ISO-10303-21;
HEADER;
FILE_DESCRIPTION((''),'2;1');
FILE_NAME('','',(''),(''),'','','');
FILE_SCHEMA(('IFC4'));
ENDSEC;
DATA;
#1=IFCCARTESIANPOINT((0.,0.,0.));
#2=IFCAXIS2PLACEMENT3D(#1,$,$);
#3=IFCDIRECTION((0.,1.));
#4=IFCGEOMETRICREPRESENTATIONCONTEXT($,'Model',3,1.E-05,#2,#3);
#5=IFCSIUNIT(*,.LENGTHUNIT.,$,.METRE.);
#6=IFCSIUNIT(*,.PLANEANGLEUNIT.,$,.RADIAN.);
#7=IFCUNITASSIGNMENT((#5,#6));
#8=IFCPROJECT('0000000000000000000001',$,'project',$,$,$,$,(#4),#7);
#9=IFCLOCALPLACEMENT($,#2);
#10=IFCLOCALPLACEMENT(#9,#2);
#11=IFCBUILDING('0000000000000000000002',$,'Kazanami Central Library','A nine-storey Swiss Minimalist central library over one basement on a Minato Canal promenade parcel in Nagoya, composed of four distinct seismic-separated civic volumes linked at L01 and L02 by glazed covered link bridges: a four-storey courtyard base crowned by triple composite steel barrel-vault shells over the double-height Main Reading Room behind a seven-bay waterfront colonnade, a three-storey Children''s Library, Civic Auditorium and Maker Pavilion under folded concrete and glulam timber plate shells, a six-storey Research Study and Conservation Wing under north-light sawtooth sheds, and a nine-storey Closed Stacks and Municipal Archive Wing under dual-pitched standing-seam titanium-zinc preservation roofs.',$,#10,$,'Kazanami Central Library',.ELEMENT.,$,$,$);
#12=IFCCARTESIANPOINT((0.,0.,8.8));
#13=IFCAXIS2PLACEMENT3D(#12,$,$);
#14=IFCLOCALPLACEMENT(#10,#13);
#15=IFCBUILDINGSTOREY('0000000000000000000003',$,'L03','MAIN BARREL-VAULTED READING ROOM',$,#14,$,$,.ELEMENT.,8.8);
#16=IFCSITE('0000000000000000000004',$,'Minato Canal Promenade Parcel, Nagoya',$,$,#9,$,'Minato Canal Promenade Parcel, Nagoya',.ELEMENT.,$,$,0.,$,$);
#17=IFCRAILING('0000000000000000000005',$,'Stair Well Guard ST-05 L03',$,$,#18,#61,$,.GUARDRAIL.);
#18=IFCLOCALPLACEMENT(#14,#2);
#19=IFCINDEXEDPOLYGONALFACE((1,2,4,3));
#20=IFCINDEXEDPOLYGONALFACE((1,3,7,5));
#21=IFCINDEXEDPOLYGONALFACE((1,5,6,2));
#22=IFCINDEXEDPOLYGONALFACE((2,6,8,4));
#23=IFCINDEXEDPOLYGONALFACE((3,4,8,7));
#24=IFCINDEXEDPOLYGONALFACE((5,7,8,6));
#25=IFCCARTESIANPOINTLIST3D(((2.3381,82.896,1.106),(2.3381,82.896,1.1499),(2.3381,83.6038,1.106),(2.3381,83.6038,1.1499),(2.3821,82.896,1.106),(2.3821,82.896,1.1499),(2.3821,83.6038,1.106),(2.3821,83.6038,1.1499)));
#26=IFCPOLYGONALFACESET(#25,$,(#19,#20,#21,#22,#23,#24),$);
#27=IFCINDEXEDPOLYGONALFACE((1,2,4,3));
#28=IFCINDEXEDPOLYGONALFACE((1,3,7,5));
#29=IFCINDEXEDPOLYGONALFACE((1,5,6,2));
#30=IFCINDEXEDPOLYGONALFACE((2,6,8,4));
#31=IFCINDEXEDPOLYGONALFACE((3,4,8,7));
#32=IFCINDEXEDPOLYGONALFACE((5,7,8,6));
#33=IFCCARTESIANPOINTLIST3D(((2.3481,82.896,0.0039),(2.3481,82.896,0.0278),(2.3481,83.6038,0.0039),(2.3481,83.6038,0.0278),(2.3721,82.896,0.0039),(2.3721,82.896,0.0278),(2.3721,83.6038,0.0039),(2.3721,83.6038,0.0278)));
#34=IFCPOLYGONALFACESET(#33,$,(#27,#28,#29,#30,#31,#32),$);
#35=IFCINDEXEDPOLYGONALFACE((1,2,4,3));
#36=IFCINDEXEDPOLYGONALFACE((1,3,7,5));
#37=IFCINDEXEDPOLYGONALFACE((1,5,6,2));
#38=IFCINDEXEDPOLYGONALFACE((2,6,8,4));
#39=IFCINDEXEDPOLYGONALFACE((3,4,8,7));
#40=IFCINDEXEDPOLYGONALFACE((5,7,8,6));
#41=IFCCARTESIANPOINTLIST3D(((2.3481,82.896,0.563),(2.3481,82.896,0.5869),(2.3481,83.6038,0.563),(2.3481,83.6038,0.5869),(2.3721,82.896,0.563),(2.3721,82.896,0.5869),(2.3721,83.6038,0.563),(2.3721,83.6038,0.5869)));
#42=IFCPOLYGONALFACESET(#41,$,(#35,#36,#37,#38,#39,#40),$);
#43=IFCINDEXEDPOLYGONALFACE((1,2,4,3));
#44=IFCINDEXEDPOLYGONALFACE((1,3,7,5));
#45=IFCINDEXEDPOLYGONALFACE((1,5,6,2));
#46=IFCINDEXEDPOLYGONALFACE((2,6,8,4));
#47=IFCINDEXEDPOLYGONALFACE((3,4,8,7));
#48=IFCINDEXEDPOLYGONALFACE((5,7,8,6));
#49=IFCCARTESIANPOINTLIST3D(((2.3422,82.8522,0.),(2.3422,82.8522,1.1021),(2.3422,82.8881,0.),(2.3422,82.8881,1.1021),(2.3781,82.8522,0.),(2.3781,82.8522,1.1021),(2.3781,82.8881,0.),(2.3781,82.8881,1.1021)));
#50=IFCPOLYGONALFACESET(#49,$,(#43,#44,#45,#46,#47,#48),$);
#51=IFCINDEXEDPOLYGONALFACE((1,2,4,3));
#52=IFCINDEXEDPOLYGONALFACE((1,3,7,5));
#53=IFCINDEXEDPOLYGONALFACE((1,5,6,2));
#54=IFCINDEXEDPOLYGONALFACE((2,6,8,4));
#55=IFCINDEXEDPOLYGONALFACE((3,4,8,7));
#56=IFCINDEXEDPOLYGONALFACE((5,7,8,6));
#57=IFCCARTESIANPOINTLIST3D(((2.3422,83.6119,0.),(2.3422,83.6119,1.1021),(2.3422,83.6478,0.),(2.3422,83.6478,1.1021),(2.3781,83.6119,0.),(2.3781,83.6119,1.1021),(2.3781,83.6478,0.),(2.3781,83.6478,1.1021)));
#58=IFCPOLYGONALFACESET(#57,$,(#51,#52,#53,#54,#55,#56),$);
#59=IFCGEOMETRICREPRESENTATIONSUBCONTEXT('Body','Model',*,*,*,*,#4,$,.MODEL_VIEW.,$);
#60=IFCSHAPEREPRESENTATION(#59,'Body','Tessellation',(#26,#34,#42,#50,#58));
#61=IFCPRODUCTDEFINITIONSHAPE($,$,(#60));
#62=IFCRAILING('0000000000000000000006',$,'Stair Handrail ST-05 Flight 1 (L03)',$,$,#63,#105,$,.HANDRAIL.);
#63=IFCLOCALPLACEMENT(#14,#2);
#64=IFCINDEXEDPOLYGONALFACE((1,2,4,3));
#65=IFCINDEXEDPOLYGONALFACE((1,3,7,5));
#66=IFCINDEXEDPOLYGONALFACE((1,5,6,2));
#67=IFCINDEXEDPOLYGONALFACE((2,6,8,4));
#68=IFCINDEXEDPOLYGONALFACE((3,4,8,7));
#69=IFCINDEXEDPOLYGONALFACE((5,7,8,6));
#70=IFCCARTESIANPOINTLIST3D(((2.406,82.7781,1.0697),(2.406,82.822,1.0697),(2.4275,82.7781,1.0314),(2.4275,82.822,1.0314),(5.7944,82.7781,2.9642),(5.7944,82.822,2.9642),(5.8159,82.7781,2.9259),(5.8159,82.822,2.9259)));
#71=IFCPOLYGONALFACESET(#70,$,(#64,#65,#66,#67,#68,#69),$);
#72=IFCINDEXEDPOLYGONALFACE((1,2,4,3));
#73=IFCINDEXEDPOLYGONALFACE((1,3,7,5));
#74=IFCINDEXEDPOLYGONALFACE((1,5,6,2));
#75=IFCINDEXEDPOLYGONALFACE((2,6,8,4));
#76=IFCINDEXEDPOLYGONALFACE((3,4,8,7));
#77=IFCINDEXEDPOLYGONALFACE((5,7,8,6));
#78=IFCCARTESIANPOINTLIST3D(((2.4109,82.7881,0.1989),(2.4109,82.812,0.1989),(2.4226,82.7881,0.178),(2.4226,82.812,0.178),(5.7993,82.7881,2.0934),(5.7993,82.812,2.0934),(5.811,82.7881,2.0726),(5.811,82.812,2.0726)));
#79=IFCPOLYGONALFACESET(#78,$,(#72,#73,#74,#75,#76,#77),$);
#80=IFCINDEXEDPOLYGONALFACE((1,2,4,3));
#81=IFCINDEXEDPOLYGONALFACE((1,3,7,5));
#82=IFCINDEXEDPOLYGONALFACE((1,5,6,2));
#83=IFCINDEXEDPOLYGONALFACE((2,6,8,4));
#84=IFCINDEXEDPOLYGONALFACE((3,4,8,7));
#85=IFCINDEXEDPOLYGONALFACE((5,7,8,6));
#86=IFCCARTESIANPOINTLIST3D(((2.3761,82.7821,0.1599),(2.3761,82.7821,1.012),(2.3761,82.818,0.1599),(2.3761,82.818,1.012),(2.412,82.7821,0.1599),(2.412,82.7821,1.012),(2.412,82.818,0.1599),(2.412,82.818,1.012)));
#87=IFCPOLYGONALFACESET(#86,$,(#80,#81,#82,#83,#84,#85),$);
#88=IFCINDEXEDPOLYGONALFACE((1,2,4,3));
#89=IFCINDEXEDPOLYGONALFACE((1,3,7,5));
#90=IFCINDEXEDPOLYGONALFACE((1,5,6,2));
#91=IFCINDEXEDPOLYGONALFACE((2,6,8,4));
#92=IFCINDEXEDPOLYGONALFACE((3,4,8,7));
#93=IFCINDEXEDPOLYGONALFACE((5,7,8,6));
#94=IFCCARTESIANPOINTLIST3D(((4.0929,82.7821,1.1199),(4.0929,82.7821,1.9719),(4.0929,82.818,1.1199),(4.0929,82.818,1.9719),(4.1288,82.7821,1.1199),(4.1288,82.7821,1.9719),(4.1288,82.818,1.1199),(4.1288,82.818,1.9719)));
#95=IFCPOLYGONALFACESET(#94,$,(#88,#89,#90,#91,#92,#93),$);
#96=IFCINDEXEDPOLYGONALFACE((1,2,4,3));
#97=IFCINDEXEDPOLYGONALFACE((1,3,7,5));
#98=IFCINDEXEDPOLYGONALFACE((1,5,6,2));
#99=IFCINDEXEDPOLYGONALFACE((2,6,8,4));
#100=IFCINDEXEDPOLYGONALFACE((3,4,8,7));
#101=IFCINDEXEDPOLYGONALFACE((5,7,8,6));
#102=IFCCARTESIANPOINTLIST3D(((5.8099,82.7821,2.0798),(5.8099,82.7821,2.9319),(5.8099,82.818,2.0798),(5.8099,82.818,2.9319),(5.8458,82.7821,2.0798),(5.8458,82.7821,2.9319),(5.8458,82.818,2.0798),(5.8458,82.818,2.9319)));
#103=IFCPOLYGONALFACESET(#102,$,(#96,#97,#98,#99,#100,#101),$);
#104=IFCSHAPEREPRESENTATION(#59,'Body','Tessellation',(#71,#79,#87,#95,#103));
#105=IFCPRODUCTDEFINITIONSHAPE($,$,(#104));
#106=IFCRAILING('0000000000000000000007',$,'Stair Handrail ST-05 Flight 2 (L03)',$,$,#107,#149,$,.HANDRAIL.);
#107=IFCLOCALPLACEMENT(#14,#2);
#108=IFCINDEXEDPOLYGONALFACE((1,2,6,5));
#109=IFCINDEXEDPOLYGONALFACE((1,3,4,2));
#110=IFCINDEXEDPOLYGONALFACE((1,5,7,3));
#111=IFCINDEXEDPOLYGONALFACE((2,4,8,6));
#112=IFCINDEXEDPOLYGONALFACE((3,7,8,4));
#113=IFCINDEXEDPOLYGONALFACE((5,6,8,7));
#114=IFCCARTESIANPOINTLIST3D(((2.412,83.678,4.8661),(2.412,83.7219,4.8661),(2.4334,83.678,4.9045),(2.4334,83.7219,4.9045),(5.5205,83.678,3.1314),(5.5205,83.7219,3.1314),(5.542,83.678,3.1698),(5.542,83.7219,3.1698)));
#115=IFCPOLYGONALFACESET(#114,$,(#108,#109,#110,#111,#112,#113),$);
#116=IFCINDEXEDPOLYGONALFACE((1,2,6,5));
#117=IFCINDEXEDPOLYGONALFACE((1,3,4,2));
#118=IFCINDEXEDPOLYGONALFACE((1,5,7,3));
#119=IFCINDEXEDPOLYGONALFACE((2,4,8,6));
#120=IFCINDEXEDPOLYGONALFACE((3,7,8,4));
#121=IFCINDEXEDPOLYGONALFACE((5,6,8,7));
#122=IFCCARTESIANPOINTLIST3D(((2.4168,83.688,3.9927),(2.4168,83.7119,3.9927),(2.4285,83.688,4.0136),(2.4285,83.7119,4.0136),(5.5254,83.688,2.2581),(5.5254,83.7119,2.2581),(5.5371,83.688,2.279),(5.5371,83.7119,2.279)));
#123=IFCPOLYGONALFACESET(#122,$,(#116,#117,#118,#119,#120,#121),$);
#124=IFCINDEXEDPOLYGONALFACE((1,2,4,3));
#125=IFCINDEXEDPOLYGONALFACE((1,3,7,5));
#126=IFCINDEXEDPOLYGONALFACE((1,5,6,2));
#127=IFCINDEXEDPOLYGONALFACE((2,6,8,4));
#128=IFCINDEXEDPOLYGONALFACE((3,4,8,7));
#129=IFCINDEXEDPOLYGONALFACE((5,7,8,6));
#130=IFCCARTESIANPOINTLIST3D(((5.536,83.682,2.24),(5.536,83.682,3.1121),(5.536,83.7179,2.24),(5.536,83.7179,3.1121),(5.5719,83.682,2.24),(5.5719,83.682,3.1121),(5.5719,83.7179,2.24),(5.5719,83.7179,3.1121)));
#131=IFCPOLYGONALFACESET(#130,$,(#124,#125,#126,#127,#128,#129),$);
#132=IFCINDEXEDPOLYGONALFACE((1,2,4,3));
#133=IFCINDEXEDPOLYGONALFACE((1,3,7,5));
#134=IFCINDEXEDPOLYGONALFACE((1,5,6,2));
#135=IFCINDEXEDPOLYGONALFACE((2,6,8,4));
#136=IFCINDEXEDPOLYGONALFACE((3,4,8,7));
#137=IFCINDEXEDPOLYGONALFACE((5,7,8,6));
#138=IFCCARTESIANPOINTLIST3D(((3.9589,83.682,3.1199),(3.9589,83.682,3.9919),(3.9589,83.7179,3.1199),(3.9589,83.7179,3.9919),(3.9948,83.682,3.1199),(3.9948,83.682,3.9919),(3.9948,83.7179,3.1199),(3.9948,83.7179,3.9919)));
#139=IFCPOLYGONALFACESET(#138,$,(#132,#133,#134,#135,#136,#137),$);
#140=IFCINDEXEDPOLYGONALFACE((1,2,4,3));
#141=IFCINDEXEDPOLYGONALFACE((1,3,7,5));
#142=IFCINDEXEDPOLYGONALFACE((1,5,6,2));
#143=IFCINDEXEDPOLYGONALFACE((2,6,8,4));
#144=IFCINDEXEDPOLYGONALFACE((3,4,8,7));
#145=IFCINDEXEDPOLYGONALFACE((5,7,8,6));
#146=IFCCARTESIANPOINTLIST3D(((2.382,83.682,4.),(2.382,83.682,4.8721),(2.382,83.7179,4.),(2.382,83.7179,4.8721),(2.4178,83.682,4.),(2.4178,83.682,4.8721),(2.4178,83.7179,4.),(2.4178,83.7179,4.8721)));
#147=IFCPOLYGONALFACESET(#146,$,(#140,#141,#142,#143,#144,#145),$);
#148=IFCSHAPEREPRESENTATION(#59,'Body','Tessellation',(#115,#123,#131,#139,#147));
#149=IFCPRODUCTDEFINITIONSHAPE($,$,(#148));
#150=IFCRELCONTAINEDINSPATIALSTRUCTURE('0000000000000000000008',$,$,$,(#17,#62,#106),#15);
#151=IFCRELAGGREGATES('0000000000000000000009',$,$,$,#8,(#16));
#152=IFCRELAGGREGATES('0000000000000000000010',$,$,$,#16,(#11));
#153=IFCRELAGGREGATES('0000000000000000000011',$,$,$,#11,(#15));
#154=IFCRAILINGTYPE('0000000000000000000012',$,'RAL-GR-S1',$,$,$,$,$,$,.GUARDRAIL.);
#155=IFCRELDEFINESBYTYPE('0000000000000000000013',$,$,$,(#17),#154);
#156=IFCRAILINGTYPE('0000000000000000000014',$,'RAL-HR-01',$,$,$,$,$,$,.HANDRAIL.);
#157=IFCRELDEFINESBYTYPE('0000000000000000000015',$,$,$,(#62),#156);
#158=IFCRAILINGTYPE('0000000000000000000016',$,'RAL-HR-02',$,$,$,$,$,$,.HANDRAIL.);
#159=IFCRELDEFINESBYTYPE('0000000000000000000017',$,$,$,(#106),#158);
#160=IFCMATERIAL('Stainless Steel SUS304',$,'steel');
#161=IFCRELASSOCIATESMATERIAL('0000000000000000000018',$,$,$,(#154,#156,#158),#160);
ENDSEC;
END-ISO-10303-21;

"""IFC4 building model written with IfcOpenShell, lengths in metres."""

from ifc_helpers import new_model, si_unit, direction, frame, origin, origin_2d, place, context, subcontext, project, spatial, rectangle, extrude, material, type_object, element, save


model = new_model("IFC4")

# Units and contexts
model_context = context("Model", 3, precision=1e-05, world=origin(), true_north=direction((0.0, 1.0)))
body_context = subcontext(model_context, "Body", "Model", "MODEL_VIEW")
ifc_project = project(units=[si_unit("LENGTHUNIT", "METRE"), si_unit("PLANEANGLEUNIT", "RADIAN")], contexts=[model_context])

# Site, building, storey
site_placement = place(None, origin())
site = spatial("IfcSite", under=ifc_project, at=site_placement, Name="Minato Canal Promenade Parcel, Nagoya", LongName="Minato Canal Promenade Parcel, Nagoya", CompositionType="ELEMENT", RefElevation=0.0)
building_placement = place(site_placement, origin())
building = spatial("IfcBuilding", under=site, at=building_placement, Name="Kazanami Central Library", Description="A nine-storey Swiss Minimalist central library over one basement on a Minato Canal promenade parcel in Nagoya, composed of four distinct seismic-separated civic volumes linked at L01 and L02 by glazed covered link bridges: a four-storey courtyard base crowned by triple composite steel barrel-vault shells over the double-height Main Reading Room behind a seven-bay waterfront colonnade, a three-storey Children's Library, Civic Auditorium and Maker Pavilion under folded concrete and glulam timber plate shells, a six-storey Research Study and Conservation Wing under north-light sawtooth sheds, and a nine-storey Closed Stacks and Municipal Archive Wing under dual-pitched standing-seam titanium-zinc preservation roofs.", LongName="Kazanami Central Library", CompositionType="ELEMENT")
storey_placement = place(building_placement, frame((0.0, 0.0, 8.8)))
storey = spatial("IfcBuildingStorey", under=building, at=storey_placement, Name="L03", Description="MAIN BARREL-VAULTED READING ROOM", CompositionType="ELEMENT", Elevation=8.8)

# Railings
ifc_material_1 = material(Name="Stainless Steel SUS304", Category="steel")
railing_type_1 = type_object("IfcRailingType", Name="RAL-GR-S1", PredefinedType="GUARDRAIL", material=ifc_material_1)
railing_1_placement = place(storey_placement, frame((2.3601, 82.8701, 0.0)))
element("IfcRailing", 1, at=railing_1_placement, inside=storey, type_object=railing_type_1, Name="Stair Well Guard ST-05 L03", PredefinedType="GUARDRAIL", context=body_context, shape_type="SweptSolid", body=[
    extrude(rectangle(XDim=0.0439, YDim=0.0439, at=origin_2d()), frame((0.0, 0.0259, 1.1279), z_axis=(0.0, 1.0, 0.0), x_axis=(-1.0, 0.0, 0.0)), (0.0, 0.0, 1.0), 0.7078),
    extrude(rectangle(XDim=0.0239, YDim=0.0239, at=origin_2d()), frame((0.0, 0.0259, 0.0159), z_axis=(0.0, 1.0, 0.0), x_axis=(-1.0, 0.0, 0.0)), (0.0, 0.0, 1.0), 0.7078),
    extrude(rectangle(XDim=0.0239, YDim=0.0239, at=origin_2d()), frame((0.0, 0.0259, 0.575), z_axis=(0.0, 1.0, 0.0), x_axis=(-1.0, 0.0, 0.0)), (0.0, 0.0, 1.0), 0.7078),
    extrude(rectangle(XDim=0.0359, YDim=0.0359, at=origin_2d()), origin(), (0.0, 0.0, 1.0), 1.1021),
    extrude(rectangle(XDim=0.0359, YDim=0.0359, at=origin_2d()), frame((0.0, 0.7598, 0.0)), (0.0, 0.0, 1.0), 1.1021),
])
railing_type_2 = type_object("IfcRailingType", Name="RAL-HR-01", PredefinedType="HANDRAIL", material=ifc_material_1)
railing_2_placement = place(storey_placement, frame((2.394, 82.8, 0.1599)))
element("IfcRailing", 2, at=railing_2_placement, inside=storey, type_object=railing_type_2, Name="Stair Handrail ST-05 Flight 1 (L03)", PredefinedType="HANDRAIL", context=body_context, shape_type="SweptSolid", body=[
    extrude(rectangle(XDim=0.0439, YDim=0.0439, at=origin_2d()), frame((0.0227, 0.0, 0.8906), z_axis=(0.872834, 0.0, 0.488017), x_axis=(0.0, 1.0, 0.0)), (0.0, 0.0, 1.0), 3.8821),
    extrude(rectangle(XDim=0.0239, YDim=0.0239, at=origin_2d()), frame((0.0227, 0.0, 0.0286), z_axis=(0.872834, 0.0, 0.488017), x_axis=(0.0, 1.0, 0.0)), (0.0, 0.0, 1.0), 3.8821),
    extrude(rectangle(XDim=0.0359, YDim=0.0359, at=origin_2d()), origin(), (0.0, 0.0, 1.0), 0.8521),
    extrude(rectangle(XDim=0.0359, YDim=0.0359, at=origin_2d()), frame((1.7168, 0.0, 0.96)), (0.0, 0.0, 1.0), 0.8521),
    extrude(rectangle(XDim=0.0359, YDim=0.0359, at=origin_2d()), frame((3.4338, 0.0, 1.9199)), (0.0, 0.0, 1.0), 0.8521),
])
railing_type_3 = type_object("IfcRailingType", Name="RAL-HR-02", PredefinedType="HANDRAIL", material=ifc_material_1)
railing_3_placement = place(storey_placement, frame((5.554, 83.7, 2.24)))
element("IfcRailing", 3, at=railing_3_placement, inside=storey, type_object=railing_type_3, Name="Stair Handrail ST-05 Flight 2 (L03)", PredefinedType="HANDRAIL", context=body_context, shape_type="SweptSolid", body=[
    extrude(rectangle(XDim=0.0439, YDim=0.0439, at=origin_2d()), frame((-0.0227, 0.0, 0.9106), z_axis=(-0.873244, 0.0, 0.487283), x_axis=(0.0, -1.0, 0.0)), (0.0, 0.0, 1.0), 3.5598),
    extrude(rectangle(XDim=0.0239, YDim=0.0239, at=origin_2d()), frame((-0.0227, 0.0, 0.0286), z_axis=(-0.873244, 0.0, 0.487283), x_axis=(0.0, -1.0, 0.0)), (0.0, 0.0, 1.0), 3.5598),
    extrude(rectangle(XDim=0.0359, YDim=0.0359, at=origin_2d()), origin(), (0.0, 0.0, 1.0), 0.8721),
    extrude(rectangle(XDim=0.0359, YDim=0.0359, at=origin_2d()), frame((-1.5771, 0.0, 0.8799)), (0.0, 0.0, 1.0), 0.8721),
    extrude(rectangle(XDim=0.0359, YDim=0.0359, at=origin_2d()), frame((-3.1541, 0.0, 1.76)), (0.0, 0.0, 1.0), 0.8721),
])

save(model, "model.ifc")
